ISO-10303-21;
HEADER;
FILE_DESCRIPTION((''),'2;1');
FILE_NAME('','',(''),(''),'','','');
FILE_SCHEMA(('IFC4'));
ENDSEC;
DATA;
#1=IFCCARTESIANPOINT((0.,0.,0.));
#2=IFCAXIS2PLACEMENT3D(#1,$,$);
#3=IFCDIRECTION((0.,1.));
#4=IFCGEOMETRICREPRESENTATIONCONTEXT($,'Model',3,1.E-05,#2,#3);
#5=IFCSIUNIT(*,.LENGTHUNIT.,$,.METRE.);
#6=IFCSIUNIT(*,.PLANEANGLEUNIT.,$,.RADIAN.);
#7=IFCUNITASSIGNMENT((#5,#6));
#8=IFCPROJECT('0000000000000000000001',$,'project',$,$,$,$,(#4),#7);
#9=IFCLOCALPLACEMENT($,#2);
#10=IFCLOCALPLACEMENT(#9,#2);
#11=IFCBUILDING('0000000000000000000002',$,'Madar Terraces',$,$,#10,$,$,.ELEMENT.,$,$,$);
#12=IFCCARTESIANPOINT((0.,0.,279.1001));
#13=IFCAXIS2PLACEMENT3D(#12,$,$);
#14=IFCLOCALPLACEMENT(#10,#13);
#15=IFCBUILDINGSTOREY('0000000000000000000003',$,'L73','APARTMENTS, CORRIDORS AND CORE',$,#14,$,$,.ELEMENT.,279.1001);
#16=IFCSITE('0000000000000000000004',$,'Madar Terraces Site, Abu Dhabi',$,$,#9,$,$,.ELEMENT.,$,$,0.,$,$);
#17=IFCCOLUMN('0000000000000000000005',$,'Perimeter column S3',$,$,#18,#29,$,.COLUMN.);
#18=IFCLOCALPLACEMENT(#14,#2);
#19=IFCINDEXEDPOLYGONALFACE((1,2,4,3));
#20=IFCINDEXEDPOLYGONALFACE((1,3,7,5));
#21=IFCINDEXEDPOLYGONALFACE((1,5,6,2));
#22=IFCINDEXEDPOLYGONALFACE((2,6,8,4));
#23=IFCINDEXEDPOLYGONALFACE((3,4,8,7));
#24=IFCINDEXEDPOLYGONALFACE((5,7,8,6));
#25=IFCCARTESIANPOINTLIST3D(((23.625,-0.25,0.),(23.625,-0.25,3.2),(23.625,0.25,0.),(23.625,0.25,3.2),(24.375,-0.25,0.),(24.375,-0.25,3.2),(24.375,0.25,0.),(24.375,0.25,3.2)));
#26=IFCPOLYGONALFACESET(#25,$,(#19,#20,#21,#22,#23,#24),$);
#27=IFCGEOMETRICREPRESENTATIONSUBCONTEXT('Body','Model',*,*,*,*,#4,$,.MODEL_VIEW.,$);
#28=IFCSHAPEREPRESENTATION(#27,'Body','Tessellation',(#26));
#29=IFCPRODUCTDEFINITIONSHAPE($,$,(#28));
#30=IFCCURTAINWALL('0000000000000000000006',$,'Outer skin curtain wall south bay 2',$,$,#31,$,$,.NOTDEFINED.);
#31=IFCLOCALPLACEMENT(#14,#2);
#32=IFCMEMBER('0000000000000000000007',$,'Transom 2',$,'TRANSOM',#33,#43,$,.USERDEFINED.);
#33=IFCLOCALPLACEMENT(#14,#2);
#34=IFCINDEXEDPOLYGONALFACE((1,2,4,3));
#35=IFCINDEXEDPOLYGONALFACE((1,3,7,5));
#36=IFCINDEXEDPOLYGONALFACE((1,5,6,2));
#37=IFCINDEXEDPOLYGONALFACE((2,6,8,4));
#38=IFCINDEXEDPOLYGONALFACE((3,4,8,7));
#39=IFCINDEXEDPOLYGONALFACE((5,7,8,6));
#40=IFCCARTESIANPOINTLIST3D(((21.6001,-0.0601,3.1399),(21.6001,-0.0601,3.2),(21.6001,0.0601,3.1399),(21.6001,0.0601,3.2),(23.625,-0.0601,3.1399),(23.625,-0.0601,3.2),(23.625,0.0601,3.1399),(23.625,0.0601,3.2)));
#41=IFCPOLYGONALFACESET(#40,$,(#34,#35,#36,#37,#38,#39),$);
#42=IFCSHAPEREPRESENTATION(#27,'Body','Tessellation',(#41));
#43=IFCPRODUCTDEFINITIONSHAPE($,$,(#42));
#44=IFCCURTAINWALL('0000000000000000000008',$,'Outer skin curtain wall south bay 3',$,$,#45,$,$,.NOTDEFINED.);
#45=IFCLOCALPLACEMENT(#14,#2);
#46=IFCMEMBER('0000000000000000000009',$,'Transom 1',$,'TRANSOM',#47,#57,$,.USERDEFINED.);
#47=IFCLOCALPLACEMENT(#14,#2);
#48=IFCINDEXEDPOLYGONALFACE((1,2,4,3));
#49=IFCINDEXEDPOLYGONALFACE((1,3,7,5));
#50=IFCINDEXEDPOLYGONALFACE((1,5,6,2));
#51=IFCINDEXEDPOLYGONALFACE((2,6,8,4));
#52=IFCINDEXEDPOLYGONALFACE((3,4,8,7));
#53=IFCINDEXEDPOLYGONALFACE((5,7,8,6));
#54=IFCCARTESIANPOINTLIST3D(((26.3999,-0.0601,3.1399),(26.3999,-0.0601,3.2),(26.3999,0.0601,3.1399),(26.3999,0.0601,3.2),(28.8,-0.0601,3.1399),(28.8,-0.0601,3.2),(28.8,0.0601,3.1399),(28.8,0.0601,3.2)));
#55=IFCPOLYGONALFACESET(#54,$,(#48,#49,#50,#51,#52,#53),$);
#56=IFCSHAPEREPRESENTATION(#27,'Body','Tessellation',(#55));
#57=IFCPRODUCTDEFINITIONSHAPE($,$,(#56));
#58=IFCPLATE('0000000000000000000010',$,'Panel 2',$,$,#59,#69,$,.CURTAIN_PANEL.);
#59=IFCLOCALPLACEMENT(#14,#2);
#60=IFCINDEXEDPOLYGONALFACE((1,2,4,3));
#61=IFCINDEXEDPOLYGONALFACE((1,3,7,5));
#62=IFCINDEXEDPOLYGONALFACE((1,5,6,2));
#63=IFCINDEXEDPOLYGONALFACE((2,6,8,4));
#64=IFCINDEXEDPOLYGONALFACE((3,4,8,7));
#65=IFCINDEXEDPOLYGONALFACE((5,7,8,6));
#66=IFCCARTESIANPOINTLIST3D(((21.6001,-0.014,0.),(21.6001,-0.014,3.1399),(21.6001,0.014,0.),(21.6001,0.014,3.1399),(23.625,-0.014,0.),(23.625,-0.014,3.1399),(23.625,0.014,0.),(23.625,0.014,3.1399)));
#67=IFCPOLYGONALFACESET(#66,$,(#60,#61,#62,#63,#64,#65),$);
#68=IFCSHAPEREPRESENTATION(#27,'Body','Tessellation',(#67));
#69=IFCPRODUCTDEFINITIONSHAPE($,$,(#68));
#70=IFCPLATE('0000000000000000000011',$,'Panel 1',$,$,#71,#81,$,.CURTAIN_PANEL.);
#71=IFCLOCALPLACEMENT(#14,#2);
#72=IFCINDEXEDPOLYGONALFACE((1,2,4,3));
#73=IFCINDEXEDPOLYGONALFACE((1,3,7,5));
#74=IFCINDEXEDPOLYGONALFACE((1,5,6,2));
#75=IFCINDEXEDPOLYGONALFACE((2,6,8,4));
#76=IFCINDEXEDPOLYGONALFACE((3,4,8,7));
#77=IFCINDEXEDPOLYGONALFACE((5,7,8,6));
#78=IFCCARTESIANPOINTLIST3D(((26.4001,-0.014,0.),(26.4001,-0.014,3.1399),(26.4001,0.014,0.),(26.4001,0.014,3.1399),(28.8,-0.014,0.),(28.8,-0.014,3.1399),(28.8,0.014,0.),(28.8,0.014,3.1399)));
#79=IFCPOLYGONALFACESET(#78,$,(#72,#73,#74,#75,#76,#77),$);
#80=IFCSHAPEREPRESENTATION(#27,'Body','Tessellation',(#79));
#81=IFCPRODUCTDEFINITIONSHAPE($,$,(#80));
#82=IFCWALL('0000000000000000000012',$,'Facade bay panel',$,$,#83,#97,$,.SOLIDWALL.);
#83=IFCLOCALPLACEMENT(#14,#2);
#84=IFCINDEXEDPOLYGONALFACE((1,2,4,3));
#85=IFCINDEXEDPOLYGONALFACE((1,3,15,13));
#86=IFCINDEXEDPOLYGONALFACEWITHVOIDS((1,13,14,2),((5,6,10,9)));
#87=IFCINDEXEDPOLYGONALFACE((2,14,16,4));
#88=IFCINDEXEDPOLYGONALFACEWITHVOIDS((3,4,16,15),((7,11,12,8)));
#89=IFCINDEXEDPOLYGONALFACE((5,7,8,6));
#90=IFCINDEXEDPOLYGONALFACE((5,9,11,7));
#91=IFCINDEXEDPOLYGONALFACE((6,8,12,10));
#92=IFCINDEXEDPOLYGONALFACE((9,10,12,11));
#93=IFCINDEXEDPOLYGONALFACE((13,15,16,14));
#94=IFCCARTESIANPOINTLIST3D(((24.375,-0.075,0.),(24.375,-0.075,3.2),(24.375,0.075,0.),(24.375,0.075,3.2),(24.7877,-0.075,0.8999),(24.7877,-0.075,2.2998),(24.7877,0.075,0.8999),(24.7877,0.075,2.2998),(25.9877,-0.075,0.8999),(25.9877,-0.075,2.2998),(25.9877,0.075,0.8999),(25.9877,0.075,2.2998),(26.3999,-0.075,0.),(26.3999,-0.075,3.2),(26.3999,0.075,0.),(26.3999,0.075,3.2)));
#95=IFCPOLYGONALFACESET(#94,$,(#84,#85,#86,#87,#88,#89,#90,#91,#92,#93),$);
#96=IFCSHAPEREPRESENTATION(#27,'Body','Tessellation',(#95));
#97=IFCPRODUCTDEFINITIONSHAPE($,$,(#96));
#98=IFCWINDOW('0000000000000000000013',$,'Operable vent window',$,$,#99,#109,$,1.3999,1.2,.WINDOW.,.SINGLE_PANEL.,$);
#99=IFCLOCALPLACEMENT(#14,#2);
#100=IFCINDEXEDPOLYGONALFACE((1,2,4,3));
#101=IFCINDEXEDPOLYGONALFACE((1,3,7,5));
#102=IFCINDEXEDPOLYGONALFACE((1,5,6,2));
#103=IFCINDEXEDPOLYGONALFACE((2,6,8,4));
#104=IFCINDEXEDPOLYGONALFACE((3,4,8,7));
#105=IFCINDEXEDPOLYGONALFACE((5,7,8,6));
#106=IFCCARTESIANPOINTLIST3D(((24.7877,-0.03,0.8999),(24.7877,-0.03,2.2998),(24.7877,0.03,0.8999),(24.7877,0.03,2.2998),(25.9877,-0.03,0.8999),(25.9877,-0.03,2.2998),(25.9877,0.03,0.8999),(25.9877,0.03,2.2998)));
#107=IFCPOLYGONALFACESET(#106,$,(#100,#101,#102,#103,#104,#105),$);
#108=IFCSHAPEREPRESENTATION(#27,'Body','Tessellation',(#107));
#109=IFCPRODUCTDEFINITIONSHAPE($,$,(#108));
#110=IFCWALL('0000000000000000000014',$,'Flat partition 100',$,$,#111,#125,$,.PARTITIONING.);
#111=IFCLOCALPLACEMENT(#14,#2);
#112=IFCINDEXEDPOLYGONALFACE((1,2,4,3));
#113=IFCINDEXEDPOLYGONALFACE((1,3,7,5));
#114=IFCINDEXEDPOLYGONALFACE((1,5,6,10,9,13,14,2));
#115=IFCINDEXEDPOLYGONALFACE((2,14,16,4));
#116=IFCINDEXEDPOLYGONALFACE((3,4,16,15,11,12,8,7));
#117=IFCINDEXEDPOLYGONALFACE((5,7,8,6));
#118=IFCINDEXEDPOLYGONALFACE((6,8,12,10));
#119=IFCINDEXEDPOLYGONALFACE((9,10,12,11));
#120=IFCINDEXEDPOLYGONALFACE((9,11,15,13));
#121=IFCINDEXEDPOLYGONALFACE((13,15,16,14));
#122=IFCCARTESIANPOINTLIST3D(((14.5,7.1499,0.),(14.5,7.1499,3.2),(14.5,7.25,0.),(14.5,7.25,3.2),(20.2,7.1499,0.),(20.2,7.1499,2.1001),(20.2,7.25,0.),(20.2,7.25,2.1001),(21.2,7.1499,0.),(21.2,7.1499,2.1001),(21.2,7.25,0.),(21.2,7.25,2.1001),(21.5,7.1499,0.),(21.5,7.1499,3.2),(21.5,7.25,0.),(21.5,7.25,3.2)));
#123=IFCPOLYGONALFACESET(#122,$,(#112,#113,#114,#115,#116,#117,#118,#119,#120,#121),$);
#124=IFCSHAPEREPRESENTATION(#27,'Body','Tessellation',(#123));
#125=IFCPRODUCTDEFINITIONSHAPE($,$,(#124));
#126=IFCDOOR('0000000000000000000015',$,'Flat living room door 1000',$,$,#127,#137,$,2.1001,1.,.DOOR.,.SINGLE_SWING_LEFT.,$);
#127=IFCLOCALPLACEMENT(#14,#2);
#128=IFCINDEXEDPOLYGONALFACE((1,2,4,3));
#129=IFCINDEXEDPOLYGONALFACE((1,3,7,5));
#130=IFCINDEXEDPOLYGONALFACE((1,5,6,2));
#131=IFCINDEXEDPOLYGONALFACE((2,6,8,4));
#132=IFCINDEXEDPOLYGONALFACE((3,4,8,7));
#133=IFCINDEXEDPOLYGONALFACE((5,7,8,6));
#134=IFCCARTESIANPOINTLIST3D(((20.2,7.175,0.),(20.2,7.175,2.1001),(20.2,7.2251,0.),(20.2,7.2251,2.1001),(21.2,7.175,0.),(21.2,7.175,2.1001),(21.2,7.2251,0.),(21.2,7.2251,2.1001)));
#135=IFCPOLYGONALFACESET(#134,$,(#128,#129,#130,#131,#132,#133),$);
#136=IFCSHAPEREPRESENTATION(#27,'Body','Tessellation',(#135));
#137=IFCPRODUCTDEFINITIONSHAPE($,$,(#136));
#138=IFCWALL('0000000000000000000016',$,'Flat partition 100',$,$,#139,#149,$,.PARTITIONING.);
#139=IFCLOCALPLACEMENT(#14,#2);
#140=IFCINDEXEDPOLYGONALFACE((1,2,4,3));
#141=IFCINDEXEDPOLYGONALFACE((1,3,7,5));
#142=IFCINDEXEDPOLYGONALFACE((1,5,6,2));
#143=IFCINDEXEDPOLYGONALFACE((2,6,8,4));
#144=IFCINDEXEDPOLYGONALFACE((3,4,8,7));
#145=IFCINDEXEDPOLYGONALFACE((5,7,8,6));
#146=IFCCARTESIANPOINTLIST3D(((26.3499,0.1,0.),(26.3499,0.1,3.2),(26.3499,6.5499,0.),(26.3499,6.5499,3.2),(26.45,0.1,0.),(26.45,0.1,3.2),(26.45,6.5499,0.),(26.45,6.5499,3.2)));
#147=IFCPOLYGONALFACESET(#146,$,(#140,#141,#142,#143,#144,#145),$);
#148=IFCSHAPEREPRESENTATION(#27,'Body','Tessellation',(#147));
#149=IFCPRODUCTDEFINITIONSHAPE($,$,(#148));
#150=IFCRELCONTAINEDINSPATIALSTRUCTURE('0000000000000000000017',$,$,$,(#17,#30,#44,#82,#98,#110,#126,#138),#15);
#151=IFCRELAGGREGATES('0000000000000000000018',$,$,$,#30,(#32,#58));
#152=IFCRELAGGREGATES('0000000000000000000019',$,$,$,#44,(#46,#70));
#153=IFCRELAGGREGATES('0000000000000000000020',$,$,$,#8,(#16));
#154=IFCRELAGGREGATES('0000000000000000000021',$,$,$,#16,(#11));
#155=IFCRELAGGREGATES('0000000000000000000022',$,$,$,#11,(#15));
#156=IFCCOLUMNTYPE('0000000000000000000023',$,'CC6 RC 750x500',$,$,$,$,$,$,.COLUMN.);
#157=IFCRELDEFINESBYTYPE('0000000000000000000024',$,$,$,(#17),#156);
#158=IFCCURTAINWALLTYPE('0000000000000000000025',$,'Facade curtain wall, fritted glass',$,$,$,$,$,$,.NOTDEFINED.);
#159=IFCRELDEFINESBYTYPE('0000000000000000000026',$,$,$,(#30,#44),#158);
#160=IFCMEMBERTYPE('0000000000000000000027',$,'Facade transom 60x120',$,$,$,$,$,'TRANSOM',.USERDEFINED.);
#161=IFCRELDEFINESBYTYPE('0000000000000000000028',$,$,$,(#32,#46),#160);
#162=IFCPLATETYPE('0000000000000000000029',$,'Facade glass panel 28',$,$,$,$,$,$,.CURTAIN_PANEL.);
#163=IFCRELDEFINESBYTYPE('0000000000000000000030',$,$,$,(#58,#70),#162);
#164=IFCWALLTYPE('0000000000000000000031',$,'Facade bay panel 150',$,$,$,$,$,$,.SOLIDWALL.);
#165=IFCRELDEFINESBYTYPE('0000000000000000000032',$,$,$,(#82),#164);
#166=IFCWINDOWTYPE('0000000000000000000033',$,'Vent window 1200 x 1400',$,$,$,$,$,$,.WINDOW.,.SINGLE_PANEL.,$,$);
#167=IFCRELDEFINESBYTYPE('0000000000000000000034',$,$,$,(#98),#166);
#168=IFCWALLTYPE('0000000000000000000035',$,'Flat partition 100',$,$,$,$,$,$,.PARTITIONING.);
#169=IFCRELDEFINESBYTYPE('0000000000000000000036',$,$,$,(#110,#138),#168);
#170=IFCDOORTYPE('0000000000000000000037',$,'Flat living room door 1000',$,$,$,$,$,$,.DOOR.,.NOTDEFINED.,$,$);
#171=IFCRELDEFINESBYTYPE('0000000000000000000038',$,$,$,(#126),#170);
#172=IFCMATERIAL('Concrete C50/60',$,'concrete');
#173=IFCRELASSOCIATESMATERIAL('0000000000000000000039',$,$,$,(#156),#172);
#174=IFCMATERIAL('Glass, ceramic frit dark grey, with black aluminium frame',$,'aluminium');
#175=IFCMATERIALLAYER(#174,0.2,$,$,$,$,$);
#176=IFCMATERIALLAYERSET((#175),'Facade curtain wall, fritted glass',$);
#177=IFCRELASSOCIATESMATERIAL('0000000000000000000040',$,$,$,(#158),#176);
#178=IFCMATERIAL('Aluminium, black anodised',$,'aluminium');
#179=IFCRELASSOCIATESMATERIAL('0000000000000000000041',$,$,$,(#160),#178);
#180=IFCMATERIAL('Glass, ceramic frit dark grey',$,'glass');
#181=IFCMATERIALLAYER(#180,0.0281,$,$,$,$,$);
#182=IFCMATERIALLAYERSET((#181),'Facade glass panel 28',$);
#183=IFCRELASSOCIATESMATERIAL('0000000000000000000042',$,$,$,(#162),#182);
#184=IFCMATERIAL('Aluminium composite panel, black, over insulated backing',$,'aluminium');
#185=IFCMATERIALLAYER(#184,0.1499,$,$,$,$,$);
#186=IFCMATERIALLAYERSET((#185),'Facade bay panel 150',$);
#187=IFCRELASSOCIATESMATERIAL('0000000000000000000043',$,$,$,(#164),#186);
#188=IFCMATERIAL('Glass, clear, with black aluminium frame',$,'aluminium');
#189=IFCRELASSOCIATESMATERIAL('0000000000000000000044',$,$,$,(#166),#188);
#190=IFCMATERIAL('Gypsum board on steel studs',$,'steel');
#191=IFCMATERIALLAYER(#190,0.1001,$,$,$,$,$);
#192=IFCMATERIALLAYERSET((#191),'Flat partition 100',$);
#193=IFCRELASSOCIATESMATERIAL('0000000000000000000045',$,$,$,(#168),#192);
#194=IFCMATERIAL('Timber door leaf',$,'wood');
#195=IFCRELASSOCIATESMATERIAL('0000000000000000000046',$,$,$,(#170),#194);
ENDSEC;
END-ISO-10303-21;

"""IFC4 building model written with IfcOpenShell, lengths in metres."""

from ifc_helpers import new_model, si_unit, direction, frame, frame_2d, origin, origin_2d, place, context, subcontext, project, spatial, rectangle, extrude, material, layer, layer_set, material_profile, profile_set, type_object, element, fill, aggregate, save


model = new_model("IFC4")

# Units and contexts
model_context = context("Model", 3, precision=1e-05, world=origin(), true_north=direction((0.0, 1.0)))
body_context = subcontext(model_context, "Body", "Model", "MODEL_VIEW")
ifc_project = project(units=[si_unit("LENGTHUNIT", "METRE"), si_unit("PLANEANGLEUNIT", "RADIAN")], contexts=[model_context])

# Site, building, storey
site_placement = place(None, origin())
site = spatial("IfcSite", under=ifc_project, at=site_placement, Name="Madar Terraces Site, Abu Dhabi", CompositionType="ELEMENT", RefElevation=0.0)
building_placement = place(site_placement, origin())
building = spatial("IfcBuilding", under=site, at=building_placement, Name="Madar Terraces", CompositionType="ELEMENT")
storey_placement = place(building_placement, frame((0.0, 0.0, 279.1001)))
storey = spatial("IfcBuildingStorey", under=building, at=storey_placement, Name="L73", Description="APARTMENTS, CORRIDORS AND CORE", CompositionType="ELEMENT", Elevation=279.1001)

# Column
ifc_material_1 = material(Name="Concrete C50/60", Category="concrete")
ifc_material_profile_1 = material_profile(ifc_material_1, rectangle(XDim=0.75, YDim=0.5, at=origin_2d()), Name="CC6 RC 750x500")
ifc_profile_set_1 = profile_set([ifc_material_profile_1], Name="Concrete C50/60")
column_type = type_object("IfcColumnType", Name="CC6 RC 750x500", PredefinedType="COLUMN", material=ifc_profile_set_1)
column_placement = place(storey_placement, frame((24.0, 0.0, 0.0), z_axis=(0.0, 0.0, 1.0), x_axis=(1.0, 0.0, 0.0)))
element("IfcColumn", 1, at=column_placement, inside=storey, type_object=column_type, Name="Perimeter column S3", PredefinedType="COLUMN", context=body_context, shape_type="SweptSolid", body=[
    extrude(rectangle(XDim=0.75, YDim=0.5, at=origin_2d()), origin(), (0.0, 0.0, 1.0), 3.2),
])

# Curtain walls, members
ifc_material_2 = material(Name="Glass, ceramic frit dark grey, with black aluminium frame", Category="aluminium")
ifc_layer_1 = layer(ifc_material_2, 0.2)
ifc_layer_set_1 = layer_set([ifc_layer_1], Name="Facade curtain wall, fritted glass")
curtain_wall_type = type_object("IfcCurtainWallType", Name="Facade curtain wall, fritted glass", PredefinedType="NOTDEFINED", material=ifc_layer_set_1)
curtain_wall_1_placement = place(storey_placement, origin())
curtain_wall_1 = element("IfcCurtainWall", 2, at=curtain_wall_1_placement, inside=storey, type_object=curtain_wall_type, Name="Outer skin curtain wall south bay 2", PredefinedType="NOTDEFINED")
ifc_material_3 = material(Name="Aluminium, black anodised", Category="aluminium")
ifc_material_profile_2 = material_profile(ifc_material_3, rectangle(XDim=0.1201, YDim=0.0601, at=origin_2d()), Name="Facade transom 60x120")
ifc_profile_set_2 = profile_set([ifc_material_profile_2], Name="Aluminium, black anodised")
member_type = type_object("IfcMemberType", Name="Facade transom 60x120", ElementType="TRANSOM", PredefinedType="USERDEFINED", material=ifc_profile_set_2)
member_1_placement = place(storey_placement, frame((21.6001, 0.0, 3.1699), z_axis=(1.0, 0.0, 0.0), x_axis=(0.0, 1.0, 0.0)))
member_1 = element("IfcMember", 3, at=member_1_placement, type_object=member_type, Name="Transom 2", ObjectType="TRANSOM", PredefinedType="USERDEFINED", context=body_context, shape_type="SweptSolid", body=[
    extrude(rectangle(XDim=0.1201, YDim=0.0601, at=origin_2d()), origin(), (0.0, 0.0, 1.0), 2.0249),
])
curtain_wall_2_placement = place(storey_placement, origin())
curtain_wall_2 = element("IfcCurtainWall", 4, at=curtain_wall_2_placement, inside=storey, type_object=curtain_wall_type, Name="Outer skin curtain wall south bay 3", PredefinedType="NOTDEFINED")
member_2_placement = place(storey_placement, frame((26.3999, 0.0, 3.1699), z_axis=(1.0, 0.0, 0.0), x_axis=(0.0, 1.0, 0.0)))
member_2 = element("IfcMember", 5, at=member_2_placement, type_object=member_type, Name="Transom 1", ObjectType="TRANSOM", PredefinedType="USERDEFINED", context=body_context, shape_type="SweptSolid", body=[
    extrude(rectangle(XDim=0.1201, YDim=0.0601, at=origin_2d()), origin(), (0.0, 0.0, 1.0), 2.4001),
])

# Plates
ifc_material_4 = material(Name="Glass, ceramic frit dark grey", Category="glass")
ifc_layer_2 = layer(ifc_material_4, 0.0281)
ifc_layer_set_2 = layer_set([ifc_layer_2], Name="Facade glass panel 28")
plate_type = type_object("IfcPlateType", Name="Facade glass panel 28", PredefinedType="CURTAIN_PANEL", material=ifc_layer_set_2)
plate_1_placement = place(storey_placement, frame((22.6125, 0.0, 0.0), z_axis=(0.0, 0.0, 1.0), x_axis=(1.0, 0.0, 0.0)))
plate_1 = element("IfcPlate", 6, at=plate_1_placement, type_object=plate_type, Name="Panel 2", PredefinedType="CURTAIN_PANEL", context=body_context, shape_type="SweptSolid", body=[
    extrude(rectangle(XDim=2.0249, YDim=0.0281, at=origin_2d()), origin(), (0.0, 0.0, 1.0), 3.1399),
])
aggregate(curtain_wall_1, [member_1, plate_1])
plate_2_placement = place(storey_placement, frame((27.6001, 0.0, 0.0), z_axis=(0.0, 0.0, 1.0), x_axis=(1.0, 0.0, 0.0)))
plate_2 = element("IfcPlate", 7, at=plate_2_placement, type_object=plate_type, Name="Panel 1", PredefinedType="CURTAIN_PANEL", context=body_context, shape_type="SweptSolid", body=[
    extrude(rectangle(XDim=2.3999, YDim=0.0281, at=origin_2d()), origin(), (0.0, 0.0, 1.0), 3.1399),
])
aggregate(curtain_wall_2, [member_2, plate_2])

# Wall, opening, window
ifc_material_5 = material(Name="Aluminium composite panel, black, over insulated backing", Category="aluminium")
ifc_layer_3 = layer(ifc_material_5, 0.1499)
ifc_layer_set_3 = layer_set([ifc_layer_3], Name="Facade bay panel 150")
wall_type_1 = type_object("IfcWallType", Name="Facade bay panel 150", PredefinedType="SOLIDWALL", material=ifc_layer_set_3)
wall_1_placement = place(storey_placement, frame((24.375, 0.0, 0.0), z_axis=(0.0, 0.0, 1.0), x_axis=(1.0, 0.0, 0.0)))
wall_1 = element("IfcWall", 8, at=wall_1_placement, inside=storey, type_object=wall_type_1, Name="Facade bay panel", PredefinedType="SOLIDWALL", context=body_context, shape_type="SweptSolid", body=[
    extrude(rectangle(XDim=2.0249, YDim=0.1499, at=frame_2d((1.0125, 0.0))), origin(), (0.0, 0.0, 1.0), 3.2),
])
opening_1_placement = place(wall_1_placement, frame((0.4126, 0.0, 0.8999)))
opening_1 = element("IfcOpeningElement", 9, at=opening_1_placement, cuts=wall_1, PredefinedType="OPENING", context=body_context, shape_type="SweptSolid", body=[
    extrude(rectangle(XDim=1.2, YDim=1.3999, at=frame_2d((0.6001, 0.7))), frame((0.0, 0.085, 0.0), z_axis=(0.0, -1.0, 0.0), x_axis=(1.0, 0.0, 0.0)), (0.0, 0.0, 1.0), 0.1699),
])
ifc_material_6 = material(Name="Glass, clear, with black aluminium frame", Category="aluminium")
window_type = type_object("IfcWindowType", Name="Vent window 1200 x 1400", PartitioningType="SINGLE_PANEL", PredefinedType="WINDOW", material=ifc_material_6)
window_1_placement = place(opening_1_placement, origin())
window_1 = element("IfcWindow", 10, at=window_1_placement, inside=storey, type_object=window_type, Name="Operable vent window", OverallHeight=1.3999, OverallWidth=1.2, PartitioningType="SINGLE_PANEL", PredefinedType="WINDOW", context=body_context, shape_type="SweptSolid", body=[
    extrude(rectangle(XDim=1.2, YDim=1.3999, at=frame_2d((0.6001, 0.7))), frame((0.0, 0.03, 0.0), z_axis=(0.0, -1.0, 0.0), x_axis=(1.0, 0.0, 0.0)), (0.0, 0.0, 1.0), 0.0601),
])
fill(opening_1, window_1)

# Wall, opening, door
ifc_material_7 = material(Name="Gypsum board on steel studs", Category="steel")
ifc_layer_4 = layer(ifc_material_7, 0.1001)
ifc_layer_set_4 = layer_set([ifc_layer_4], Name="Flat partition 100")
wall_type_2 = type_object("IfcWallType", Name="Flat partition 100", PredefinedType="PARTITIONING", material=ifc_layer_set_4)
wall_2_placement = place(storey_placement, frame((21.5, 7.2, 0.0), z_axis=(0.0, 0.0, 1.0), x_axis=(-1.0, 0.0, 0.0)))
wall_2 = element("IfcWall", 11, at=wall_2_placement, inside=storey, type_object=wall_type_2, Name="Flat partition 100", PredefinedType="PARTITIONING", context=body_context, shape_type="SweptSolid", body=[
    extrude(rectangle(XDim=7.0, YDim=0.1001, at=frame_2d((3.5, 0.0))), origin(), (0.0, 0.0, 1.0), 3.2),
])
opening_2_placement = place(wall_2_placement, frame((0.3, 0.0, 0.0)))
opening_2 = element("IfcOpeningElement", 12, at=opening_2_placement, cuts=wall_2, PredefinedType="OPENING", context=body_context, shape_type="SweptSolid", body=[
    extrude(rectangle(XDim=1.0, YDim=2.1001, at=frame_2d((0.5, 1.05))), frame((0.0, 0.0601, 0.0), z_axis=(0.0, -1.0, 0.0), x_axis=(1.0, 0.0, 0.0)), (0.0, 0.0, 1.0), 0.1201),
])
ifc_material_8 = material(Name="Timber door leaf", Category="wood")
door_type_1 = type_object("IfcDoorType", Name="Flat living room door 1000", OperationType="NOTDEFINED", PredefinedType="DOOR", material=ifc_material_8)
door_1_placement = place(opening_2_placement, origin())
door_1 = element("IfcDoor", 13, at=door_1_placement, inside=storey, type_object=door_type_1, Name="Flat living room door 1000", OperationType="SINGLE_SWING_LEFT", OverallHeight=2.1001, OverallWidth=1.0, PredefinedType="DOOR", context=body_context, shape_type="SweptSolid", body=[
    extrude(rectangle(XDim=1.0, YDim=2.1001, at=frame_2d((0.5, 1.05))), frame((0.0, 0.0249, 0.0), z_axis=(0.0, -1.0, 0.0), x_axis=(1.0, 0.0, 0.0)), (0.0, 0.0, 1.0), 0.05),
])
fill(opening_2, door_1)

# Wall
wall_3_placement = place(storey_placement, frame((26.3999, 6.55, 0.0), z_axis=(0.0, 0.0, 1.0), x_axis=(0.0, -1.0, 0.0)))
element("IfcWall", 14, at=wall_3_placement, inside=storey, type_object=wall_type_2, Name="Flat partition 100", PredefinedType="PARTITIONING", context=body_context, shape_type="SweptSolid", body=[
    extrude(rectangle(XDim=6.45, YDim=0.1001, at=frame_2d((3.2251, 0.0))), origin(), (0.0, 0.0, 1.0), 3.2),
])

save(model, "model.ifc")
